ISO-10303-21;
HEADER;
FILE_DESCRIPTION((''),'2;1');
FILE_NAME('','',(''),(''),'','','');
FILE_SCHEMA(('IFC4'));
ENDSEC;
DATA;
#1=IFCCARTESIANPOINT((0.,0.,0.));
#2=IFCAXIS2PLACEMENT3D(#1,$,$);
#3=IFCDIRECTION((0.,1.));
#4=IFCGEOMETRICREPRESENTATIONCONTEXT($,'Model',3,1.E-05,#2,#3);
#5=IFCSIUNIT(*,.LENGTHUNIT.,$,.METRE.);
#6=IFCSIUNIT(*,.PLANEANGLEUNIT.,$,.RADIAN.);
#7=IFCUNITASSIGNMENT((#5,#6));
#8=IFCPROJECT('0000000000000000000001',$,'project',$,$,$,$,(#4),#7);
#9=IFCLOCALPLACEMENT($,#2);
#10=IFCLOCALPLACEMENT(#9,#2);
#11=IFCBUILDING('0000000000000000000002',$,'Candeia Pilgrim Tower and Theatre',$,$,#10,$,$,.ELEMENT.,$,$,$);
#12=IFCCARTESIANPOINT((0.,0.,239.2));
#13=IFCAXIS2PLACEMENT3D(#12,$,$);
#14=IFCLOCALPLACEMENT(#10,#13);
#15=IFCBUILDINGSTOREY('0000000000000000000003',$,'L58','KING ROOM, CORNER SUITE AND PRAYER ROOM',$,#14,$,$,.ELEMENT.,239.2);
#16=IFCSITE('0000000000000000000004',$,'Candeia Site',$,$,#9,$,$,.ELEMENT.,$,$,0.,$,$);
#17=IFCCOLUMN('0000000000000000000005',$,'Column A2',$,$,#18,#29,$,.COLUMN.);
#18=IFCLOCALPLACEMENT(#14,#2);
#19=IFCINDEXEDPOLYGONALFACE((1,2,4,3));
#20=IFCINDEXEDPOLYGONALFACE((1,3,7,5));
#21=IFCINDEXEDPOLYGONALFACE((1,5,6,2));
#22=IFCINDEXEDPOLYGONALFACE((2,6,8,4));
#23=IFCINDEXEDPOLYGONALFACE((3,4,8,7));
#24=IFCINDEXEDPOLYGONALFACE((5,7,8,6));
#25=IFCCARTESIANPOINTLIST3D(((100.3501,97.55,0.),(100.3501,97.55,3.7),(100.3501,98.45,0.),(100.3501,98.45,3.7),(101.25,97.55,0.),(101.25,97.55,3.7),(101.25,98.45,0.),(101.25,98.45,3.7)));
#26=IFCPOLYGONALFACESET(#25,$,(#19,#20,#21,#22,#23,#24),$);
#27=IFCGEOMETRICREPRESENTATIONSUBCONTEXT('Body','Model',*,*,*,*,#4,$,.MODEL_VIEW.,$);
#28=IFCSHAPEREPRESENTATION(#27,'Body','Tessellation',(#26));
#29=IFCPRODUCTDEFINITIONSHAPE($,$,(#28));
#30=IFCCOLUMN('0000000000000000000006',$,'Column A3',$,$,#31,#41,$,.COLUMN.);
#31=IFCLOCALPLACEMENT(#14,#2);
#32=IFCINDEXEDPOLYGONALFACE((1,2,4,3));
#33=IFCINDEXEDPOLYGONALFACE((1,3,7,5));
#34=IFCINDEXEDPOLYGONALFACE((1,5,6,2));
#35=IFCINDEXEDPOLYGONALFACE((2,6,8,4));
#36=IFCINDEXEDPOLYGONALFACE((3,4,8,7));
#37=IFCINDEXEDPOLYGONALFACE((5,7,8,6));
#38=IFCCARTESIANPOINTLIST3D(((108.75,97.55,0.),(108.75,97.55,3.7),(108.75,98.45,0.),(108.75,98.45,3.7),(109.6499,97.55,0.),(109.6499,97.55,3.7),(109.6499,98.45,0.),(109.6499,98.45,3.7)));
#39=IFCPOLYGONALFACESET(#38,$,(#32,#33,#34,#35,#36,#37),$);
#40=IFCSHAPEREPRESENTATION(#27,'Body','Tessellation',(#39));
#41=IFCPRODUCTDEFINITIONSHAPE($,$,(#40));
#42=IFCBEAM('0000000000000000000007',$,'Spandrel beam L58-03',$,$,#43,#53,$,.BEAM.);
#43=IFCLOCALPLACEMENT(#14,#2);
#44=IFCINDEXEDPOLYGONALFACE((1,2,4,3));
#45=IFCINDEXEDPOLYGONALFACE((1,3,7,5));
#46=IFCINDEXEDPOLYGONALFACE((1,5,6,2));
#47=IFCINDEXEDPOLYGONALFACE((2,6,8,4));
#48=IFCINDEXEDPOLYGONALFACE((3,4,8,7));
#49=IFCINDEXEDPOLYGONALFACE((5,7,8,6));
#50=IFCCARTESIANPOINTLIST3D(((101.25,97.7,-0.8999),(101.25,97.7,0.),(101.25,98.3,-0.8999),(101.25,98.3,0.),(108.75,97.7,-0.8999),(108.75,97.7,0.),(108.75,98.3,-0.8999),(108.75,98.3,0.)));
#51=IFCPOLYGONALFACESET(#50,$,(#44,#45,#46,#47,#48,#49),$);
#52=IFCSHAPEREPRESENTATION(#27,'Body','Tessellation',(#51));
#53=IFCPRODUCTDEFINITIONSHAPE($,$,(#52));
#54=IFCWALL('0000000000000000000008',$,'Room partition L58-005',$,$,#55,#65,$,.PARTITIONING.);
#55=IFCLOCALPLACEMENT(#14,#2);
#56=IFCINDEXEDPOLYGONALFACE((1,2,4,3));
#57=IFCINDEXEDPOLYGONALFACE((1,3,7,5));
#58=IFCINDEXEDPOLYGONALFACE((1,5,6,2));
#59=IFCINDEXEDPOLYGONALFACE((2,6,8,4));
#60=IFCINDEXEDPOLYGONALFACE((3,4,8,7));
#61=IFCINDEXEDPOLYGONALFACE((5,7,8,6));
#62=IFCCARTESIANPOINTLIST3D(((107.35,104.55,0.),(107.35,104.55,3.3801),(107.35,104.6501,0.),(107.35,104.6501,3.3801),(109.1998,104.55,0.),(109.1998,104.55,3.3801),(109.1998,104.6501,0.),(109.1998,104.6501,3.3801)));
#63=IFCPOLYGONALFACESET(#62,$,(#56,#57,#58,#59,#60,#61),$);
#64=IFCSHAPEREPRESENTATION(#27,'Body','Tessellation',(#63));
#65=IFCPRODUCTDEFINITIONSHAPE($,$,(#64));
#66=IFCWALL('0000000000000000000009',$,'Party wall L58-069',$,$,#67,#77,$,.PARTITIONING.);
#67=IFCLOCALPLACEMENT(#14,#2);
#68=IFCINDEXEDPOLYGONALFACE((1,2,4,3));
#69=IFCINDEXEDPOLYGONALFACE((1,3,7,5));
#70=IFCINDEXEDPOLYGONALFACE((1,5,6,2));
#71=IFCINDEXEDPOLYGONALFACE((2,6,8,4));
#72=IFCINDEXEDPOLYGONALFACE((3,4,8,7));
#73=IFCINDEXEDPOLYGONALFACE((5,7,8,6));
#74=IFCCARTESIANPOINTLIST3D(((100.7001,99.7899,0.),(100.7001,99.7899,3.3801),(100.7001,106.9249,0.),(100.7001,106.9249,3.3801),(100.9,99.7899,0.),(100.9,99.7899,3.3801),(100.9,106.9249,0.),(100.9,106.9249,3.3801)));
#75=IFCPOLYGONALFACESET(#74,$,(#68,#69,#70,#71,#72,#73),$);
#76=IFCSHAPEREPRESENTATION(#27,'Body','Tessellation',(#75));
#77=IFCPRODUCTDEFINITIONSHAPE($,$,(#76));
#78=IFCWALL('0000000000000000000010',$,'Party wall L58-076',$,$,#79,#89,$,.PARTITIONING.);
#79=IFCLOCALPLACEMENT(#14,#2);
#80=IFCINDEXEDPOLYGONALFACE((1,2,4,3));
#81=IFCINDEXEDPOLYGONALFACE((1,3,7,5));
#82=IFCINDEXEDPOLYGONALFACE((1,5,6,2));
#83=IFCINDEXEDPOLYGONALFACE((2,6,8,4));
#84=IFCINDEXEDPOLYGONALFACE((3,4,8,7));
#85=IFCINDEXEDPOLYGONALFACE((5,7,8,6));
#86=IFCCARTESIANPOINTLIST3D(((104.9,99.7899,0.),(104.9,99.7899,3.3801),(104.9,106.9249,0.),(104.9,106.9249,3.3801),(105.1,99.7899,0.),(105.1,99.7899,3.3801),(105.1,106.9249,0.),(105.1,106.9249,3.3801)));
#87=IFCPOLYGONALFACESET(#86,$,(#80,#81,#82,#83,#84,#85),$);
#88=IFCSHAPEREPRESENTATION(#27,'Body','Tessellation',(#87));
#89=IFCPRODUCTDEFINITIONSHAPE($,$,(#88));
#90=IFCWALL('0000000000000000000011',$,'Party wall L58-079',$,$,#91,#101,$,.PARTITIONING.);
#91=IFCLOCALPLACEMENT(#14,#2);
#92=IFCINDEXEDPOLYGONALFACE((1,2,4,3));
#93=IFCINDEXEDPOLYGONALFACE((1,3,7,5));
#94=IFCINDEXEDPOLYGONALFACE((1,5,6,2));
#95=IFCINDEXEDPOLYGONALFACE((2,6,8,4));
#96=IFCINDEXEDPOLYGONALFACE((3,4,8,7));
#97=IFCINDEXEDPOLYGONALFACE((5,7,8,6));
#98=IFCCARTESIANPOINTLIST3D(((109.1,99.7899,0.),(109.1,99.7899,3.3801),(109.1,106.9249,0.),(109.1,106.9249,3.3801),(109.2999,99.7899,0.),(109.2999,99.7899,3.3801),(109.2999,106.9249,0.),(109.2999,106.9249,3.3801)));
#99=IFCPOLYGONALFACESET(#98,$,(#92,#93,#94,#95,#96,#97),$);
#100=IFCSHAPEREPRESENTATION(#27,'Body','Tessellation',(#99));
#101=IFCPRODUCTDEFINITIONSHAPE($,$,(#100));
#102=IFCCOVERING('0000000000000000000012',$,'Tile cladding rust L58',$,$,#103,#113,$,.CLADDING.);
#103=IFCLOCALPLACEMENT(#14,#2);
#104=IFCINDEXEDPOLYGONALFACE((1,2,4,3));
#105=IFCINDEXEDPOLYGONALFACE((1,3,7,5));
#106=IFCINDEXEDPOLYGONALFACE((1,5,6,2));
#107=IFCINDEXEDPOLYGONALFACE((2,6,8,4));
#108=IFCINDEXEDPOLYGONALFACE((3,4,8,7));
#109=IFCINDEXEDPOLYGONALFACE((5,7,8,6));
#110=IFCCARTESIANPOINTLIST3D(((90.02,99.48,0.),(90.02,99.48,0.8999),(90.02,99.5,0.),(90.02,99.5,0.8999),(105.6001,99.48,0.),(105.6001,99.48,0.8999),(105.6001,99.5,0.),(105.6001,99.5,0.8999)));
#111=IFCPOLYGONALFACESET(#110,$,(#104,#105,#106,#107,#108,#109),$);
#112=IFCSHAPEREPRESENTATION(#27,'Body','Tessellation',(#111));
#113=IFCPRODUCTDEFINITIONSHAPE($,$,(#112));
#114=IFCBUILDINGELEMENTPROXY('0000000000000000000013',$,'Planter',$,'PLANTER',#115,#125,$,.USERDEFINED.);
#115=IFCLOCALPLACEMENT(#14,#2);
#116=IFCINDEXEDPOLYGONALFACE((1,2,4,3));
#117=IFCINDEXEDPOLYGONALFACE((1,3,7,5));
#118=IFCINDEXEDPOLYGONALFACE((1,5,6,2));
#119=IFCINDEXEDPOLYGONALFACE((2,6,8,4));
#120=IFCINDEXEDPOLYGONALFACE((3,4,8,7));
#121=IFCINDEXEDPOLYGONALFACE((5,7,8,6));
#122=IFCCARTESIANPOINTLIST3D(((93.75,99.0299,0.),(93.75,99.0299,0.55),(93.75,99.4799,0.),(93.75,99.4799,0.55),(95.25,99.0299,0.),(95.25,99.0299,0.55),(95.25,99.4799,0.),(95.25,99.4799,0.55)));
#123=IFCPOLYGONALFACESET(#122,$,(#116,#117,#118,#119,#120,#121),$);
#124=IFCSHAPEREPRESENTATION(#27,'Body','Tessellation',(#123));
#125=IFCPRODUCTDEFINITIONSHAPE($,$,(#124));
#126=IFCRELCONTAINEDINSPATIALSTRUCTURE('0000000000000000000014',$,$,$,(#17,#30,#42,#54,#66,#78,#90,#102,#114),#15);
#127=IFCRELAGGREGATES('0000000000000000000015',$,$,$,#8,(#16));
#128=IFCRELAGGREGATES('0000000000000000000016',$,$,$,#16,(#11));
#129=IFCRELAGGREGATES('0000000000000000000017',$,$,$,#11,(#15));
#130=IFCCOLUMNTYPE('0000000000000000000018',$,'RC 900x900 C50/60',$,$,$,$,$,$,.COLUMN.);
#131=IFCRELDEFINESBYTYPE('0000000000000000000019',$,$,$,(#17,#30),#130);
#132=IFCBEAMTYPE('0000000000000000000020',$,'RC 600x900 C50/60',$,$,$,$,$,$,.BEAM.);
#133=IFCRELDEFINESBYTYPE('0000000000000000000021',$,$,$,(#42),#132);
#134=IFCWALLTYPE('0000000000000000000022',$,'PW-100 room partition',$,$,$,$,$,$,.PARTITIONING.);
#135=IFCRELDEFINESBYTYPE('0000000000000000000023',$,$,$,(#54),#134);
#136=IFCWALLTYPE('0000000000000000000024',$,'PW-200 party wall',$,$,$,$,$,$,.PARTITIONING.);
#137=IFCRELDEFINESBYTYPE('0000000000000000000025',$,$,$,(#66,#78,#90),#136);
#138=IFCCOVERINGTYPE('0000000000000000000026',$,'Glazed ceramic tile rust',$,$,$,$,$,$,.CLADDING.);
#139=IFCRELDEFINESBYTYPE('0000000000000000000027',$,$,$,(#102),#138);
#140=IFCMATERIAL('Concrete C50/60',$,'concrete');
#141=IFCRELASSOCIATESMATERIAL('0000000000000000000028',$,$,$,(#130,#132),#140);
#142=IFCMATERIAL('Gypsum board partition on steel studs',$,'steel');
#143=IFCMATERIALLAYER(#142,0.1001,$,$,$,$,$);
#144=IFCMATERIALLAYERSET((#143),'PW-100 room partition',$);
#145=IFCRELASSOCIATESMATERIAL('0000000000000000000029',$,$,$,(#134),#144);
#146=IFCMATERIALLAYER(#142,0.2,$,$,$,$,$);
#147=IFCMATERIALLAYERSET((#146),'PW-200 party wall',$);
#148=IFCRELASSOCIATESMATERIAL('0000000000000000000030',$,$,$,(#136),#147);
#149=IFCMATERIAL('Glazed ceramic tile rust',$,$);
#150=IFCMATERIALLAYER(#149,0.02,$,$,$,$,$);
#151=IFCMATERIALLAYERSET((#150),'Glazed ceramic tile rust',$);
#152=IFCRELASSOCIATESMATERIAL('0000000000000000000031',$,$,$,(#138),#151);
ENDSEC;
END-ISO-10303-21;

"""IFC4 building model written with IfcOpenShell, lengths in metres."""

from ifc_helpers import new_model, si_unit, direction, frame, frame_2d, origin, origin_2d, place, context, subcontext, project, spatial, rectangle, extrude, material, layer, layer_set, material_profile, profile_set, type_object, element, save


model = new_model("IFC4")

# Units and contexts
model_context = context("Model", 3, precision=1e-05, world=origin(), true_north=direction((0.0, 1.0)))
body_context = subcontext(model_context, "Body", "Model", "MODEL_VIEW")
ifc_project = project(units=[si_unit("LENGTHUNIT", "METRE"), si_unit("PLANEANGLEUNIT", "RADIAN")], contexts=[model_context])

# Site, building, storey
site_placement = place(None, origin())
site = spatial("IfcSite", under=ifc_project, at=site_placement, Name="Candeia Site", CompositionType="ELEMENT", RefElevation=0.0)
building_placement = place(site_placement, origin())
building = spatial("IfcBuilding", under=site, at=building_placement, Name="Candeia Pilgrim Tower and Theatre", CompositionType="ELEMENT")
storey_placement = place(building_placement, frame((0.0, 0.0, 239.2)))
storey = spatial("IfcBuildingStorey", under=building, at=storey_placement, Name="L58", Description="KING ROOM, CORNER SUITE AND PRAYER ROOM", CompositionType="ELEMENT", Elevation=239.2)

# Columns
ifc_material_1 = material(Name="Concrete C50/60", Category="concrete")
ifc_material_profile_1 = material_profile(ifc_material_1, rectangle(XDim=0.8999, YDim=0.8999, at=origin_2d()))
ifc_profile_set_1 = profile_set([ifc_material_profile_1], Name="Concrete C50/60")
column_type = type_object("IfcColumnType", Name="RC 900x900 C50/60", PredefinedType="COLUMN", material=ifc_profile_set_1)
for number, where, z_axis, x_axis, name in (
    (1, (100.8, 98.0, 0.0), (0.0, 0.0, 1.0), (1.0, 0.0, 0.0), "Column A2"),
    (2, (109.2, 98.0, 0.0), (0.0, 0.0, 1.0), (1.0, 0.0, 0.0), "Column A3"),
):
    element("IfcColumn", number, at=place(storey_placement, frame(where, z_axis=z_axis, x_axis=x_axis)), inside=storey, type_object=column_type, Name=name, PredefinedType="COLUMN", context=body_context, shape_type="SweptSolid", body=[
        extrude(rectangle(XDim=0.8999, YDim=0.8999, at=origin_2d()), origin(), (0.0, 0.0, 1.0), 3.7),
    ])

# Beam
ifc_material_profile_2 = material_profile(ifc_material_1, rectangle(XDim=0.6001, YDim=0.8999, at=origin_2d()))
ifc_profile_set_2 = profile_set([ifc_material_profile_2], Name="Concrete C50/60")
beam_type = type_object("IfcBeamType", Name="RC 600x900 C50/60", PredefinedType="BEAM", material=ifc_profile_set_2)
beam_placement = place(storey_placement, frame((101.25, 98.0, -0.45), z_axis=(1.0, 0.0, 0.0), x_axis=(0.0, 1.0, 0.0)))
element("IfcBeam", 3, at=beam_placement, inside=storey, type_object=beam_type, Name="Spandrel beam L58-03", PredefinedType="BEAM", context=body_context, shape_type="SweptSolid", body=[
    extrude(rectangle(XDim=0.6001, YDim=0.8999, at=origin_2d()), origin(), (0.0, 0.0, 1.0), 7.5),
])

# Walls
ifc_material_2 = material(Name="Gypsum board partition on steel studs", Category="steel")
ifc_layer_1 = layer(ifc_material_2, 0.1001)
ifc_layer_set_1 = layer_set([ifc_layer_1], Name="PW-100 room partition")
wall_type_1 = type_object("IfcWallType", Name="PW-100 room partition", PredefinedType="PARTITIONING", material=ifc_layer_set_1)
wall_placement = place(storey_placement, frame((107.3501, 104.6001, 0.0), z_axis=(0.0, 0.0, 1.0), x_axis=(1.0, 0.0, 0.0)))
element("IfcWall", 4, at=wall_placement, inside=storey, type_object=wall_type_1, Name="Room partition L58-005", PredefinedType="PARTITIONING", context=body_context, shape_type="SweptSolid", body=[
    extrude(rectangle(XDim=1.8499, YDim=0.1001, at=frame_2d((0.9248, 0.0))), origin(), (0.0, 0.0, 1.0), 3.3801),
])
ifc_layer_2 = layer(ifc_material_2, 0.2)
ifc_layer_set_2 = layer_set([ifc_layer_2], Name="PW-200 party wall")
wall_type_2 = type_object("IfcWallType", Name="PW-200 party wall", PredefinedType="PARTITIONING", material=ifc_layer_set_2)
for number, where, z_axis, x_axis, name in (
    (5, (100.8, 99.79, 0.0), (0.0, 0.0, 1.0), (0.0, 1.0, 0.0), "Party wall L58-069"),
    (6, (105.0, 99.79, 0.0), (0.0, 0.0, 1.0), (0.0, 1.0, 0.0), "Party wall L58-076"),
    (7, (109.2, 99.79, 0.0), (0.0, 0.0, 1.0), (0.0, 1.0, 0.0), "Party wall L58-079"),
):
    element("IfcWall", number, at=place(storey_placement, frame(where, z_axis=z_axis, x_axis=x_axis)), inside=storey, type_object=wall_type_2, Name=name, PredefinedType="PARTITIONING", context=body_context, shape_type="SweptSolid", body=[
        extrude(rectangle(XDim=7.135, YDim=0.2, at=frame_2d((3.5674, 0.0))), origin(), (0.0, 0.0, 1.0), 3.3801),
    ])

# Covering
ifc_material_3 = material(Name="Glazed ceramic tile rust")
ifc_layer_3 = layer(ifc_material_3, 0.02)
ifc_layer_set_3 = layer_set([ifc_layer_3], Name="Glazed ceramic tile rust")
covering_type = type_object("IfcCoveringType", Name="Glazed ceramic tile rust", PredefinedType="CLADDING", material=ifc_layer_set_3)
covering_placement = place(storey_placement, frame((97.8101, 99.49, 0.0), z_axis=(0.0, 0.0, 1.0), x_axis=(1.0, 0.0, 0.0)))
element("IfcCovering", 8, at=covering_placement, inside=storey, type_object=covering_type, Name="Tile cladding rust L58", PredefinedType="CLADDING", context=body_context, shape_type="SweptSolid", body=[
    extrude(rectangle(XDim=15.5801, YDim=0.02, at=origin_2d()), origin(), (0.0, 0.0, 1.0), 0.8999),
])

# Building element proxy
proxy_placement = place(storey_placement, frame((94.5, 99.2549, 0.0), z_axis=(0.0, 0.0, 1.0), x_axis=(1.0, 0.0, 0.0)))
element("IfcBuildingElementProxy", 9, at=proxy_placement, inside=storey, Name="Planter", ObjectType="PLANTER", PredefinedType="USERDEFINED", context=body_context, shape_type="SweptSolid", body=[
    extrude(rectangle(XDim=1.5, YDim=0.45, at=origin_2d()), origin(), (0.0, 0.0, 1.0), 0.55),
])

save(model, "model.ifc")
